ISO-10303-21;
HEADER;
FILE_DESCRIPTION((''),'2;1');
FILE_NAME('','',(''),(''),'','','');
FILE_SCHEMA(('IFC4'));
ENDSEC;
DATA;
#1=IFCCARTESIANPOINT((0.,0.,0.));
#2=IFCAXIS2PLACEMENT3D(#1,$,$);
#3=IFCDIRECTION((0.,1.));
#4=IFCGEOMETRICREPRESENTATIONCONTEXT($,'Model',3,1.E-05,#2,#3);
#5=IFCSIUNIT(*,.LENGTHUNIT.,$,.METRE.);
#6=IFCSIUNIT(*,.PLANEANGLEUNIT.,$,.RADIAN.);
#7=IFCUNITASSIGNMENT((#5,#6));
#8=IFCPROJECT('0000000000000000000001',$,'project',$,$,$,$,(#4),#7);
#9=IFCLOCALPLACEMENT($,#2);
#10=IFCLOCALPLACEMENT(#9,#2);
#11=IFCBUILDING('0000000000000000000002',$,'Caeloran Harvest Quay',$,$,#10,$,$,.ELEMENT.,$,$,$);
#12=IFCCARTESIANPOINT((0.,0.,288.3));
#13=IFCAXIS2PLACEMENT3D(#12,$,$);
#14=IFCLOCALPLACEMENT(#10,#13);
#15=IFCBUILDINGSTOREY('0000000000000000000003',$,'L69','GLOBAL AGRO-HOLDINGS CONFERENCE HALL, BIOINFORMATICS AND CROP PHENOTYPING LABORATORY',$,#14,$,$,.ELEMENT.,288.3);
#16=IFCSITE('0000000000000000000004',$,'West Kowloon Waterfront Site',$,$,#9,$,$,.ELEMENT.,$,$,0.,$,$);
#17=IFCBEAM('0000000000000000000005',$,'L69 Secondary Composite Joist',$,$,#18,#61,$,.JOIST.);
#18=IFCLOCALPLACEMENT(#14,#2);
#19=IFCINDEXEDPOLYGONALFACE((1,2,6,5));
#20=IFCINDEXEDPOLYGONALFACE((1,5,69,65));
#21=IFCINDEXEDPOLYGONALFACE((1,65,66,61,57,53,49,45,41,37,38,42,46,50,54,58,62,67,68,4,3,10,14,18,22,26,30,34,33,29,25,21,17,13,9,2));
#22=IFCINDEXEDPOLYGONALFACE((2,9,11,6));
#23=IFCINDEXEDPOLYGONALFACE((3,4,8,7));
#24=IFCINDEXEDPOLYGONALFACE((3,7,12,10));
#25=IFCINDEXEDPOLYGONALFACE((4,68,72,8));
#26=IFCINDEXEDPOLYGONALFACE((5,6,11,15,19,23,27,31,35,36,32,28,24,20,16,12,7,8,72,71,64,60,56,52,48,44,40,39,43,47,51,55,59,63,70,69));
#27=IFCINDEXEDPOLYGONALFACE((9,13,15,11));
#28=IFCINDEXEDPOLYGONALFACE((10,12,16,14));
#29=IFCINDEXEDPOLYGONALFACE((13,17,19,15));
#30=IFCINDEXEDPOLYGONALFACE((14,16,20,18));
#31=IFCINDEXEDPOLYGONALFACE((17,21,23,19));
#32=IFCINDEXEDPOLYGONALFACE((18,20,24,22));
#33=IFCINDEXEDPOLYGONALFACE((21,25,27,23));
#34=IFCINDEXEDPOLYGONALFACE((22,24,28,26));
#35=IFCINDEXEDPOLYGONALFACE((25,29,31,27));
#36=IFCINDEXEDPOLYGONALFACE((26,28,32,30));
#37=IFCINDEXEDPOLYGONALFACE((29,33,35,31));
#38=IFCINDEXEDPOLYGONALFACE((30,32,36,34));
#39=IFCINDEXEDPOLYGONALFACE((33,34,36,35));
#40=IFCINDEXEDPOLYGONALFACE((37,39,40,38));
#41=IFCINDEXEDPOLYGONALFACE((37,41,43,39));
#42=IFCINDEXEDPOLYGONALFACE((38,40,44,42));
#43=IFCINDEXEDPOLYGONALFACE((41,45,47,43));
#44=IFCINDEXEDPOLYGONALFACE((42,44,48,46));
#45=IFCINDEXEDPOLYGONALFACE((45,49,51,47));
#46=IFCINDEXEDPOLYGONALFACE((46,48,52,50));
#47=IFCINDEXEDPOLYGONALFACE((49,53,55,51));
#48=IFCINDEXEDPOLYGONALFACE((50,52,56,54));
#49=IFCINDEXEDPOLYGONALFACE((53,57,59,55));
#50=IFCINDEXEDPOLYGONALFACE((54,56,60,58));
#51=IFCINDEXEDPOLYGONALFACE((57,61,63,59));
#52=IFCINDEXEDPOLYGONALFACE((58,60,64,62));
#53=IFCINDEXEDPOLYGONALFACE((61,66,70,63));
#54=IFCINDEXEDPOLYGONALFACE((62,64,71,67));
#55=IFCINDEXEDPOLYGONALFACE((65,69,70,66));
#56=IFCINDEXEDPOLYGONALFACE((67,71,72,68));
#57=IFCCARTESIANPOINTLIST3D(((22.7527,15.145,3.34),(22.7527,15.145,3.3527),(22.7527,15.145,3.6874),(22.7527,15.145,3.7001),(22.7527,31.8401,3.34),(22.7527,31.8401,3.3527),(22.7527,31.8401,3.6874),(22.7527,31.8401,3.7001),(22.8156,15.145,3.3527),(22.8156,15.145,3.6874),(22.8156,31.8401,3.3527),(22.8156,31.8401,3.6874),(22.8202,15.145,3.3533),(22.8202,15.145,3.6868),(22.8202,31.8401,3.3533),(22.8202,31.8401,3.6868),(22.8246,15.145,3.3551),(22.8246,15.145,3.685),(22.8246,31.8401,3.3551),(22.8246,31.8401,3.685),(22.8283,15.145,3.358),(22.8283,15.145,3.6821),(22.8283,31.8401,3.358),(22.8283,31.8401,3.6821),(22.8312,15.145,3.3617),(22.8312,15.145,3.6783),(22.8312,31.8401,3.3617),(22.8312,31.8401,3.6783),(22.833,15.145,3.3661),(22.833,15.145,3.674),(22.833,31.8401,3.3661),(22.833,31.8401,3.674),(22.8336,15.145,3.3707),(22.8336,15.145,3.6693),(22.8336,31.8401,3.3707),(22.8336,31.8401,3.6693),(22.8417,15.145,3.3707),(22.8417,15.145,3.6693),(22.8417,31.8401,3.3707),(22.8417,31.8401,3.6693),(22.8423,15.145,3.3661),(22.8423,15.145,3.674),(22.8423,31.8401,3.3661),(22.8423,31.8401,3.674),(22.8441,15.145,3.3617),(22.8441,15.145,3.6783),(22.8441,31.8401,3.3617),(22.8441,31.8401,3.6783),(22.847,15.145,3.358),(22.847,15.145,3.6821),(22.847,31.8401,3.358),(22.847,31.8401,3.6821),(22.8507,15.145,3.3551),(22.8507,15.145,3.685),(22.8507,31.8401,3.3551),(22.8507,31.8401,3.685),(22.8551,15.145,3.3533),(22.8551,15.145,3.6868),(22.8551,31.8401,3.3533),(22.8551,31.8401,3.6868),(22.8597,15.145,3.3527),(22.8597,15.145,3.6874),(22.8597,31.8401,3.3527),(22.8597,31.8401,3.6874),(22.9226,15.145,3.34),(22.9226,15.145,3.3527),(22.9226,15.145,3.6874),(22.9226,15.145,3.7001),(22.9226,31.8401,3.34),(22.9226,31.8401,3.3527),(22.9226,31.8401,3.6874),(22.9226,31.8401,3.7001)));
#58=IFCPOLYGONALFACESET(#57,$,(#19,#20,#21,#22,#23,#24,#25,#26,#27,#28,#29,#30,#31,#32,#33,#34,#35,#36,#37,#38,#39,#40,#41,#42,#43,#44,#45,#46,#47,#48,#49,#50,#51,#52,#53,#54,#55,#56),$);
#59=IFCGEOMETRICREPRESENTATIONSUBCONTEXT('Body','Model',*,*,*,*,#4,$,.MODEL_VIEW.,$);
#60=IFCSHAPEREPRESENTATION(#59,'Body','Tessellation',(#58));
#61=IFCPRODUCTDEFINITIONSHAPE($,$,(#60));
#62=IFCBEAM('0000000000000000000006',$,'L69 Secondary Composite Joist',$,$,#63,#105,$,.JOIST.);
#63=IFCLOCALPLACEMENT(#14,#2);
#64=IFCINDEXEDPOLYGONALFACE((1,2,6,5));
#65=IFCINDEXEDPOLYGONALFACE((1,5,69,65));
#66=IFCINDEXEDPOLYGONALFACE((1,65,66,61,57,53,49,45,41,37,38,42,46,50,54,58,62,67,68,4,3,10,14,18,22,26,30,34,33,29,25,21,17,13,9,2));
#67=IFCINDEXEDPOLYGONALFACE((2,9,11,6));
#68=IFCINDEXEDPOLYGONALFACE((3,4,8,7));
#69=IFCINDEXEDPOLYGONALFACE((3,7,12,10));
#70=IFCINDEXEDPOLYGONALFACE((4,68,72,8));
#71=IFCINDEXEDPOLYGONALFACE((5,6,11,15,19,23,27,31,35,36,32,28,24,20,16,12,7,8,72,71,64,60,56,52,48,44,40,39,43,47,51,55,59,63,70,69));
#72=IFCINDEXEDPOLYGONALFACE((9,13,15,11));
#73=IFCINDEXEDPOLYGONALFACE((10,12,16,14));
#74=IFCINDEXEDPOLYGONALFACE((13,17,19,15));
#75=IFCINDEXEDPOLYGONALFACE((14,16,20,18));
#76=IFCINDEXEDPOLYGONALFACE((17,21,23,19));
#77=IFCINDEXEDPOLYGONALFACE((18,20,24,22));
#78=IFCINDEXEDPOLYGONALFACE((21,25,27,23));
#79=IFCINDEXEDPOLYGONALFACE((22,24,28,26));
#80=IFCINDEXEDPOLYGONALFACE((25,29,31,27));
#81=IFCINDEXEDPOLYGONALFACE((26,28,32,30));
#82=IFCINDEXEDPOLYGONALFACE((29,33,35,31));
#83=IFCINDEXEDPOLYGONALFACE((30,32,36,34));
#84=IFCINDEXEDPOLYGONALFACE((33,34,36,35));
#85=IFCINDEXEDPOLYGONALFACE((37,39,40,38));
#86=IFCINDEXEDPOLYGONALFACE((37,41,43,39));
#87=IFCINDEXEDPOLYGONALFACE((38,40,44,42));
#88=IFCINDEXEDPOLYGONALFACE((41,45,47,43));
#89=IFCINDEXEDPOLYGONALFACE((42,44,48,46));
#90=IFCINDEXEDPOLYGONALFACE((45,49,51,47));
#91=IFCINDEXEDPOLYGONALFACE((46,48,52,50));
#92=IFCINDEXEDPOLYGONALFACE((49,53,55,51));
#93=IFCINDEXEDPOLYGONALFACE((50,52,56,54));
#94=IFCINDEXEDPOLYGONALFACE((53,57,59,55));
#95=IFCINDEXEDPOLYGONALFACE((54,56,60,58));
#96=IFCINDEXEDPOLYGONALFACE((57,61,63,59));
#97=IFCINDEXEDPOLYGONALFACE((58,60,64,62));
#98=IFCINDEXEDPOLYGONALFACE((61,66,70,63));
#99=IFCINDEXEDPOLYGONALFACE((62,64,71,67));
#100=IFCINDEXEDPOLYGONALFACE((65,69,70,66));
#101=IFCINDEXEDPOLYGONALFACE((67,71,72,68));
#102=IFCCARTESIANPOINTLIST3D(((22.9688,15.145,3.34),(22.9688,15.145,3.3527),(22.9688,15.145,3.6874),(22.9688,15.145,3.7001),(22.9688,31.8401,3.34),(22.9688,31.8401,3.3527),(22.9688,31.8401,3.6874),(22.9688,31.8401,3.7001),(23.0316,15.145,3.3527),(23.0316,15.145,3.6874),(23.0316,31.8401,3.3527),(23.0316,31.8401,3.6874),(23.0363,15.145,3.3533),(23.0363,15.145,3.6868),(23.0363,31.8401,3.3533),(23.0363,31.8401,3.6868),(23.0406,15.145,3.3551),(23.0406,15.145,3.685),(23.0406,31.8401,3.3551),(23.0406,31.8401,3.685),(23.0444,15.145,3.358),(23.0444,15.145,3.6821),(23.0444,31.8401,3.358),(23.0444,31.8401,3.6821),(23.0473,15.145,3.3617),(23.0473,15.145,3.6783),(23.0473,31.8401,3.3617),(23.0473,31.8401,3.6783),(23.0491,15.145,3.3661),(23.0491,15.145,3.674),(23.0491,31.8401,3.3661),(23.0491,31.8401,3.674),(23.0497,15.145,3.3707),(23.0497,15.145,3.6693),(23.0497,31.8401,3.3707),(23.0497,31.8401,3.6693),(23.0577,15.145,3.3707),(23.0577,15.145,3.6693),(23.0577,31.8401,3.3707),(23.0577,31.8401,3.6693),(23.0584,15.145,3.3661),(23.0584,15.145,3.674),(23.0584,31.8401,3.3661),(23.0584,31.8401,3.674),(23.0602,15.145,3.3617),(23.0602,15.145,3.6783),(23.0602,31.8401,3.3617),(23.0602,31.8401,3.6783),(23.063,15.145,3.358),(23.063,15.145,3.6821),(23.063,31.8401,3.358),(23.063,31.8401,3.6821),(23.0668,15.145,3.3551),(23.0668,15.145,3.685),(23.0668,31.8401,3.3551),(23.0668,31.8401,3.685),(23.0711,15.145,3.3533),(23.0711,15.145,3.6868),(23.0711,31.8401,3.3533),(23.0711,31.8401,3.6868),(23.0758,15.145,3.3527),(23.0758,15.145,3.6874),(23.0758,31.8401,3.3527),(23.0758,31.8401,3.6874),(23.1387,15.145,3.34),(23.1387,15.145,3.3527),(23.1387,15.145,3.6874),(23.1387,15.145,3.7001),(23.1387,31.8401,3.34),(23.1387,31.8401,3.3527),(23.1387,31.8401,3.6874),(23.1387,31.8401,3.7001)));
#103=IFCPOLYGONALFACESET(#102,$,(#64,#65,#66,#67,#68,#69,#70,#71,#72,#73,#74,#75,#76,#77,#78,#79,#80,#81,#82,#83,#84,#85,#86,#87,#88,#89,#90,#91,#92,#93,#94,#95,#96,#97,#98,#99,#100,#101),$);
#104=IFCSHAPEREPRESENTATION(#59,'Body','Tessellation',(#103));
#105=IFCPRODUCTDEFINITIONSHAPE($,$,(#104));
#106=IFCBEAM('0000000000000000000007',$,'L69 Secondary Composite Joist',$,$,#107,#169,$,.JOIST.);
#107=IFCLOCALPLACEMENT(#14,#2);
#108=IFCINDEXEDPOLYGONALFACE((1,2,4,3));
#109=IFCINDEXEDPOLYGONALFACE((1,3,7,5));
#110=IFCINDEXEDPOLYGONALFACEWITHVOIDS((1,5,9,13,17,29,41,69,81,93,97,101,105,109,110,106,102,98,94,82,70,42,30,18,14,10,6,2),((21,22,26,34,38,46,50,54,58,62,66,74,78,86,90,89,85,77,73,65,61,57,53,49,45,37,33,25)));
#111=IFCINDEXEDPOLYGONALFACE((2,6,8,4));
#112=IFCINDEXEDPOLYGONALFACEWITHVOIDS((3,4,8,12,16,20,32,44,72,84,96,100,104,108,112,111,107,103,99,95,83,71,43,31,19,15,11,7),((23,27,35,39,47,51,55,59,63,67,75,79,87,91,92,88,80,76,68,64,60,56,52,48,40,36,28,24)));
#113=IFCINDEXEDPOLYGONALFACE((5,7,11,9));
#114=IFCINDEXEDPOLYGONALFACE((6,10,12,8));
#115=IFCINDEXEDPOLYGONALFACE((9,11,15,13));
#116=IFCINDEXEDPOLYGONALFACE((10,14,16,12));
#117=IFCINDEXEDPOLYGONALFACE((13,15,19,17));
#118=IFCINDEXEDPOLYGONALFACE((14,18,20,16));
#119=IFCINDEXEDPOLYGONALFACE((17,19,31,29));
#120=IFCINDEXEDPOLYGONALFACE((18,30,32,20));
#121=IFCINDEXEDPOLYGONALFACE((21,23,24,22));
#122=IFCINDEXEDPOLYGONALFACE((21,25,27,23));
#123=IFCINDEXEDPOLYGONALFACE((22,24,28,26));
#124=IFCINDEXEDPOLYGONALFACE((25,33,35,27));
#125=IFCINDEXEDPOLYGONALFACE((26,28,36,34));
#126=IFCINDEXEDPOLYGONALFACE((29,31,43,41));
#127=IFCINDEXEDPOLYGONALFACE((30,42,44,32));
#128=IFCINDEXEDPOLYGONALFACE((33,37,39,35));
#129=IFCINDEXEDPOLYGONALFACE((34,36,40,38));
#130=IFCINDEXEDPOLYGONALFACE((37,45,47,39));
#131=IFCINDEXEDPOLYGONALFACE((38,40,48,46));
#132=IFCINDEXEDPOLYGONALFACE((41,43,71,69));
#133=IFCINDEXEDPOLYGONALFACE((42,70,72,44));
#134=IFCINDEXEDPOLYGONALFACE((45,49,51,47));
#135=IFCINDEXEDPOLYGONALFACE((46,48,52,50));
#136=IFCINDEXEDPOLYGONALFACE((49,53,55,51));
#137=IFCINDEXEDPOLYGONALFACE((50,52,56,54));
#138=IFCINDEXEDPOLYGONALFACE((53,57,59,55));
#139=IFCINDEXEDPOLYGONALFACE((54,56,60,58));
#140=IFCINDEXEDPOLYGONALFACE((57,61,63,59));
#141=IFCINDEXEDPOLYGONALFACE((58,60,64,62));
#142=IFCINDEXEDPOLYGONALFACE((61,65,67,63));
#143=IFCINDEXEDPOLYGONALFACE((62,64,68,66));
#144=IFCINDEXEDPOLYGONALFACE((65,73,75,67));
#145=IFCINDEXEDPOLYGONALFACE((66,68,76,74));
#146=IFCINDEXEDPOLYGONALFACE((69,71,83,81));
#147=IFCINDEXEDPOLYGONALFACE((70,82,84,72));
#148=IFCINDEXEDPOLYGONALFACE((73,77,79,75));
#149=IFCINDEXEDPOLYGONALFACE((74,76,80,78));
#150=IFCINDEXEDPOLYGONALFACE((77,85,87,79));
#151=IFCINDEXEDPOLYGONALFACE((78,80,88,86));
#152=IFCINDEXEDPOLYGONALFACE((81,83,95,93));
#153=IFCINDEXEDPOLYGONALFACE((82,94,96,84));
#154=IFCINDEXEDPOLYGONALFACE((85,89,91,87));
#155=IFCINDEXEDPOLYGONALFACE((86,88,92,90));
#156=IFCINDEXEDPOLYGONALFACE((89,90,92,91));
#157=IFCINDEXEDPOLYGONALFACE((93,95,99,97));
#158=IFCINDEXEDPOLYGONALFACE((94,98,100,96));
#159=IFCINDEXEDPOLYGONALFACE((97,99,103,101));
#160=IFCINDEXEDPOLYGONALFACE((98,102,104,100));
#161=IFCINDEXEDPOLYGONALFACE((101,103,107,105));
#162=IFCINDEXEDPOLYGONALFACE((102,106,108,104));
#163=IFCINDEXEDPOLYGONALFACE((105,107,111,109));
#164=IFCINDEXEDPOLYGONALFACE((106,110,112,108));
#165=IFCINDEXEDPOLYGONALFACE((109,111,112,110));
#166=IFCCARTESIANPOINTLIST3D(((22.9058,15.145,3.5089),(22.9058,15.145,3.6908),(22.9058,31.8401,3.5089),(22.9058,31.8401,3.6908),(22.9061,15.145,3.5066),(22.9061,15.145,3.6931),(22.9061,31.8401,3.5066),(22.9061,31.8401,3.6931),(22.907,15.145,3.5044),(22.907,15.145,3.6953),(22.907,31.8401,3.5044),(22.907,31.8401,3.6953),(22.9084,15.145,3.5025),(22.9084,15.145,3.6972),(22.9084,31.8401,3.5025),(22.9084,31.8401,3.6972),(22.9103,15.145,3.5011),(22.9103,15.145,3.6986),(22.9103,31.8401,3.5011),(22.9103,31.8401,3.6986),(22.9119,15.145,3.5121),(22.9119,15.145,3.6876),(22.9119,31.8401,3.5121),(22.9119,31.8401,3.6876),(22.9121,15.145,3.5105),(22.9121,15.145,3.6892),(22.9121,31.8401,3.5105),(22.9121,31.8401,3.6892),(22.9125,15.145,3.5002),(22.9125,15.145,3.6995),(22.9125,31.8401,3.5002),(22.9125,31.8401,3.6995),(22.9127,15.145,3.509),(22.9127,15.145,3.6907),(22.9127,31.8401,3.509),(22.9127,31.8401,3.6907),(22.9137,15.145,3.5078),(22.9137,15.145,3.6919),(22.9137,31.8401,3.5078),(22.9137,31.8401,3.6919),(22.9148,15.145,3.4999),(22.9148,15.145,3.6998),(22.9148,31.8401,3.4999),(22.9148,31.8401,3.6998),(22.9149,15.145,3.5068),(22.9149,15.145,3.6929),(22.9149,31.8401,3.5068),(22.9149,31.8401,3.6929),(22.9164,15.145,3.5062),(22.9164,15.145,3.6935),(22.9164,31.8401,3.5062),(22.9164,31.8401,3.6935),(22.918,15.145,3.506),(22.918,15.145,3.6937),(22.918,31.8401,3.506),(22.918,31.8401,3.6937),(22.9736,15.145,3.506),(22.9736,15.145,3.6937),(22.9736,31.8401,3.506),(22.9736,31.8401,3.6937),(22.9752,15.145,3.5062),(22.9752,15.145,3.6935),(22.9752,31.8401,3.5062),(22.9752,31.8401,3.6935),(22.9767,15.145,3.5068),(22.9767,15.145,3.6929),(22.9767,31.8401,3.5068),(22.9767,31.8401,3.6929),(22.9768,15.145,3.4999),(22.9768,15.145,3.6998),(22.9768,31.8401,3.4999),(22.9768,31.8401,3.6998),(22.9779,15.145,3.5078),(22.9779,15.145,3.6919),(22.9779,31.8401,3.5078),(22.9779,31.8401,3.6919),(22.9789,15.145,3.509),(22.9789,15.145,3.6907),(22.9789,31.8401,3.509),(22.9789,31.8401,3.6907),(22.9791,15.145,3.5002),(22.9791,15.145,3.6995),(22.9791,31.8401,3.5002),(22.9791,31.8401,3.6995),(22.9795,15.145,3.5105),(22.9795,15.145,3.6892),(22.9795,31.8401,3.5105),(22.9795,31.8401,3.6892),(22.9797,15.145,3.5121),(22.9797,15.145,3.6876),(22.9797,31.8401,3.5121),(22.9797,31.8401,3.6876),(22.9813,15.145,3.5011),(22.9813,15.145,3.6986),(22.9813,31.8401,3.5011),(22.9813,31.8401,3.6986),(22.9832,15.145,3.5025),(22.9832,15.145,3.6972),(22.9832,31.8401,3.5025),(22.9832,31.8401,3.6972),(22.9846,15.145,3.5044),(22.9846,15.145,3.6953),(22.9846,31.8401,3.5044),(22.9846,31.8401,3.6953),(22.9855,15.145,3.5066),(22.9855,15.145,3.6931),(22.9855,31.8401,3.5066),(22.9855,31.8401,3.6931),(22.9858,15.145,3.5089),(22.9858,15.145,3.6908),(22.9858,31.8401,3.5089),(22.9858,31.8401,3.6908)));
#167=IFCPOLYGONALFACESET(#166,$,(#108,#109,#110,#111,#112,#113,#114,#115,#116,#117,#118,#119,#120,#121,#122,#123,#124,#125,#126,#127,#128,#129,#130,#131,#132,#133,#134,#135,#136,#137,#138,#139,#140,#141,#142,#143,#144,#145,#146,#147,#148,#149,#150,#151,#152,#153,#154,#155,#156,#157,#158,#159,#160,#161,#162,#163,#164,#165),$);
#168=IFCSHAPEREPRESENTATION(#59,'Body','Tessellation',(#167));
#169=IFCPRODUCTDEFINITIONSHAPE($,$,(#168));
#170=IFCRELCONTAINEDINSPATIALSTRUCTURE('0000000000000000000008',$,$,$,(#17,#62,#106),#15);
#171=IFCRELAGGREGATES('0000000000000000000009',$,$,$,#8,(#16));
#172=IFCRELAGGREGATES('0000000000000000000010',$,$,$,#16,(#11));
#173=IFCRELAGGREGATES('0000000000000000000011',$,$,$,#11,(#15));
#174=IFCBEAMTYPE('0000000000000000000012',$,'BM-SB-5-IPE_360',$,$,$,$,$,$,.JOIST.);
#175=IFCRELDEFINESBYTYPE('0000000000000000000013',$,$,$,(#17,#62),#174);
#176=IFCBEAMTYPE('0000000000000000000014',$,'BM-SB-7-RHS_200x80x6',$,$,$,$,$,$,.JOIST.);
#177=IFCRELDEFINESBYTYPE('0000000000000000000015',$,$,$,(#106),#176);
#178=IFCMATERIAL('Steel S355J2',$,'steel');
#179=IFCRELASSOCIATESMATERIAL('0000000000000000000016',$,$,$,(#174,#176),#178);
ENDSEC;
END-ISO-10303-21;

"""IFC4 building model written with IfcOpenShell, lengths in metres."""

from ifc_helpers import new_model, si_unit, direction, frame, origin, origin_2d, place, context, subcontext, project, spatial, hollow_rectangle, i_section, extrude, material, material_profile, profile_set, type_object, element, save


model = new_model("IFC4")

# Units and contexts
model_context = context("Model", 3, precision=1e-05, world=origin(), true_north=direction((0.0, 1.0)))
body_context = subcontext(model_context, "Body", "Model", "MODEL_VIEW")
ifc_project = project(units=[si_unit("LENGTHUNIT", "METRE"), si_unit("PLANEANGLEUNIT", "RADIAN")], contexts=[model_context])

# Site, building, storey
site_placement = place(None, origin())
site = spatial("IfcSite", under=ifc_project, at=site_placement, Name="West Kowloon Waterfront Site", CompositionType="ELEMENT", RefElevation=0.0)
building_placement = place(site_placement, origin())
building = spatial("IfcBuilding", under=site, at=building_placement, Name="Caeloran Harvest Quay", CompositionType="ELEMENT")
storey_placement = place(building_placement, frame((0.0, 0.0, 288.3)))
storey = spatial("IfcBuildingStorey", under=building, at=storey_placement, Name="L69", Description="GLOBAL AGRO-HOLDINGS CONFERENCE HALL, BIOINFORMATICS AND CROP PHENOTYPING LABORATORY", CompositionType="ELEMENT", Elevation=288.3)

# Beams
ifc_material_1 = material(Name="Steel S355J2", Category="steel")
ifc_material_profile_1 = material_profile(ifc_material_1, i_section(OverallWidth=0.1699, OverallDepth=0.3601, WebThickness=0.0081, FlangeThickness=0.0127, FilletRadius=0.0181, at=origin_2d()), Name="IPE 360")
ifc_profile_set_1 = profile_set([ifc_material_profile_1], Name="Steel S355J2")
beam_type_1 = type_object("IfcBeamType", Name="BM-SB-5-IPE_360", PredefinedType="JOIST", material=ifc_profile_set_1)
for number, where, z_axis, x_axis, name in (
    (1, (22.8376, 15.145, 3.52), (0.0, 1.0, 0.0), (-1.0, 0.0, 0.0), "L69 Secondary Composite Joist"),
    (2, (23.0537, 15.145, 3.52), (0.0, 1.0, 0.0), (-1.0, 0.0, 0.0), "L69 Secondary Composite Joist"),
):
    element("IfcBeam", number, at=place(storey_placement, frame(where, z_axis=z_axis, x_axis=x_axis)), inside=storey, type_object=beam_type_1, Name=name, PredefinedType="JOIST", context=body_context, shape_type="SweptSolid", body=[
        extrude(i_section(OverallWidth=0.1699, OverallDepth=0.3601, WebThickness=0.0081, FlangeThickness=0.0127, FilletRadius=0.0181, at=origin_2d()), origin(), (0.0, 0.0, 1.0), 16.6951),
    ])
ifc_material_profile_2 = material_profile(ifc_material_1, hollow_rectangle(XDim=0.0801, YDim=0.2, WallThickness=0.0061, InnerFilletRadius=0.0061, OuterFilletRadius=0.009, at=origin_2d()), Name="RHS 200x80x6")
ifc_profile_set_2 = profile_set([ifc_material_profile_2], Name="Steel S355J2")
beam_type_2 = type_object("IfcBeamType", Name="BM-SB-7-RHS_200x80x6", PredefinedType="JOIST", material=ifc_profile_set_2)
for number, where, z_axis, x_axis, name in (
    (3, (22.9458, 15.145, 3.5999), (0.0, 1.0, 0.0), (-1.0, 0.0, 0.0), "L69 Secondary Composite Joist"),
):
    element("IfcBeam", number, at=place(storey_placement, frame(where, z_axis=z_axis, x_axis=x_axis)), inside=storey, type_object=beam_type_2, Name=name, PredefinedType="JOIST", context=body_context, shape_type="SweptSolid", body=[
        extrude(hollow_rectangle(XDim=0.0801, YDim=0.2, WallThickness=0.0061, InnerFilletRadius=0.0061, OuterFilletRadius=0.009, at=origin_2d()), origin(), (0.0, 0.0, 1.0), 16.6951),
    ])

save(model, "model.ifc")
